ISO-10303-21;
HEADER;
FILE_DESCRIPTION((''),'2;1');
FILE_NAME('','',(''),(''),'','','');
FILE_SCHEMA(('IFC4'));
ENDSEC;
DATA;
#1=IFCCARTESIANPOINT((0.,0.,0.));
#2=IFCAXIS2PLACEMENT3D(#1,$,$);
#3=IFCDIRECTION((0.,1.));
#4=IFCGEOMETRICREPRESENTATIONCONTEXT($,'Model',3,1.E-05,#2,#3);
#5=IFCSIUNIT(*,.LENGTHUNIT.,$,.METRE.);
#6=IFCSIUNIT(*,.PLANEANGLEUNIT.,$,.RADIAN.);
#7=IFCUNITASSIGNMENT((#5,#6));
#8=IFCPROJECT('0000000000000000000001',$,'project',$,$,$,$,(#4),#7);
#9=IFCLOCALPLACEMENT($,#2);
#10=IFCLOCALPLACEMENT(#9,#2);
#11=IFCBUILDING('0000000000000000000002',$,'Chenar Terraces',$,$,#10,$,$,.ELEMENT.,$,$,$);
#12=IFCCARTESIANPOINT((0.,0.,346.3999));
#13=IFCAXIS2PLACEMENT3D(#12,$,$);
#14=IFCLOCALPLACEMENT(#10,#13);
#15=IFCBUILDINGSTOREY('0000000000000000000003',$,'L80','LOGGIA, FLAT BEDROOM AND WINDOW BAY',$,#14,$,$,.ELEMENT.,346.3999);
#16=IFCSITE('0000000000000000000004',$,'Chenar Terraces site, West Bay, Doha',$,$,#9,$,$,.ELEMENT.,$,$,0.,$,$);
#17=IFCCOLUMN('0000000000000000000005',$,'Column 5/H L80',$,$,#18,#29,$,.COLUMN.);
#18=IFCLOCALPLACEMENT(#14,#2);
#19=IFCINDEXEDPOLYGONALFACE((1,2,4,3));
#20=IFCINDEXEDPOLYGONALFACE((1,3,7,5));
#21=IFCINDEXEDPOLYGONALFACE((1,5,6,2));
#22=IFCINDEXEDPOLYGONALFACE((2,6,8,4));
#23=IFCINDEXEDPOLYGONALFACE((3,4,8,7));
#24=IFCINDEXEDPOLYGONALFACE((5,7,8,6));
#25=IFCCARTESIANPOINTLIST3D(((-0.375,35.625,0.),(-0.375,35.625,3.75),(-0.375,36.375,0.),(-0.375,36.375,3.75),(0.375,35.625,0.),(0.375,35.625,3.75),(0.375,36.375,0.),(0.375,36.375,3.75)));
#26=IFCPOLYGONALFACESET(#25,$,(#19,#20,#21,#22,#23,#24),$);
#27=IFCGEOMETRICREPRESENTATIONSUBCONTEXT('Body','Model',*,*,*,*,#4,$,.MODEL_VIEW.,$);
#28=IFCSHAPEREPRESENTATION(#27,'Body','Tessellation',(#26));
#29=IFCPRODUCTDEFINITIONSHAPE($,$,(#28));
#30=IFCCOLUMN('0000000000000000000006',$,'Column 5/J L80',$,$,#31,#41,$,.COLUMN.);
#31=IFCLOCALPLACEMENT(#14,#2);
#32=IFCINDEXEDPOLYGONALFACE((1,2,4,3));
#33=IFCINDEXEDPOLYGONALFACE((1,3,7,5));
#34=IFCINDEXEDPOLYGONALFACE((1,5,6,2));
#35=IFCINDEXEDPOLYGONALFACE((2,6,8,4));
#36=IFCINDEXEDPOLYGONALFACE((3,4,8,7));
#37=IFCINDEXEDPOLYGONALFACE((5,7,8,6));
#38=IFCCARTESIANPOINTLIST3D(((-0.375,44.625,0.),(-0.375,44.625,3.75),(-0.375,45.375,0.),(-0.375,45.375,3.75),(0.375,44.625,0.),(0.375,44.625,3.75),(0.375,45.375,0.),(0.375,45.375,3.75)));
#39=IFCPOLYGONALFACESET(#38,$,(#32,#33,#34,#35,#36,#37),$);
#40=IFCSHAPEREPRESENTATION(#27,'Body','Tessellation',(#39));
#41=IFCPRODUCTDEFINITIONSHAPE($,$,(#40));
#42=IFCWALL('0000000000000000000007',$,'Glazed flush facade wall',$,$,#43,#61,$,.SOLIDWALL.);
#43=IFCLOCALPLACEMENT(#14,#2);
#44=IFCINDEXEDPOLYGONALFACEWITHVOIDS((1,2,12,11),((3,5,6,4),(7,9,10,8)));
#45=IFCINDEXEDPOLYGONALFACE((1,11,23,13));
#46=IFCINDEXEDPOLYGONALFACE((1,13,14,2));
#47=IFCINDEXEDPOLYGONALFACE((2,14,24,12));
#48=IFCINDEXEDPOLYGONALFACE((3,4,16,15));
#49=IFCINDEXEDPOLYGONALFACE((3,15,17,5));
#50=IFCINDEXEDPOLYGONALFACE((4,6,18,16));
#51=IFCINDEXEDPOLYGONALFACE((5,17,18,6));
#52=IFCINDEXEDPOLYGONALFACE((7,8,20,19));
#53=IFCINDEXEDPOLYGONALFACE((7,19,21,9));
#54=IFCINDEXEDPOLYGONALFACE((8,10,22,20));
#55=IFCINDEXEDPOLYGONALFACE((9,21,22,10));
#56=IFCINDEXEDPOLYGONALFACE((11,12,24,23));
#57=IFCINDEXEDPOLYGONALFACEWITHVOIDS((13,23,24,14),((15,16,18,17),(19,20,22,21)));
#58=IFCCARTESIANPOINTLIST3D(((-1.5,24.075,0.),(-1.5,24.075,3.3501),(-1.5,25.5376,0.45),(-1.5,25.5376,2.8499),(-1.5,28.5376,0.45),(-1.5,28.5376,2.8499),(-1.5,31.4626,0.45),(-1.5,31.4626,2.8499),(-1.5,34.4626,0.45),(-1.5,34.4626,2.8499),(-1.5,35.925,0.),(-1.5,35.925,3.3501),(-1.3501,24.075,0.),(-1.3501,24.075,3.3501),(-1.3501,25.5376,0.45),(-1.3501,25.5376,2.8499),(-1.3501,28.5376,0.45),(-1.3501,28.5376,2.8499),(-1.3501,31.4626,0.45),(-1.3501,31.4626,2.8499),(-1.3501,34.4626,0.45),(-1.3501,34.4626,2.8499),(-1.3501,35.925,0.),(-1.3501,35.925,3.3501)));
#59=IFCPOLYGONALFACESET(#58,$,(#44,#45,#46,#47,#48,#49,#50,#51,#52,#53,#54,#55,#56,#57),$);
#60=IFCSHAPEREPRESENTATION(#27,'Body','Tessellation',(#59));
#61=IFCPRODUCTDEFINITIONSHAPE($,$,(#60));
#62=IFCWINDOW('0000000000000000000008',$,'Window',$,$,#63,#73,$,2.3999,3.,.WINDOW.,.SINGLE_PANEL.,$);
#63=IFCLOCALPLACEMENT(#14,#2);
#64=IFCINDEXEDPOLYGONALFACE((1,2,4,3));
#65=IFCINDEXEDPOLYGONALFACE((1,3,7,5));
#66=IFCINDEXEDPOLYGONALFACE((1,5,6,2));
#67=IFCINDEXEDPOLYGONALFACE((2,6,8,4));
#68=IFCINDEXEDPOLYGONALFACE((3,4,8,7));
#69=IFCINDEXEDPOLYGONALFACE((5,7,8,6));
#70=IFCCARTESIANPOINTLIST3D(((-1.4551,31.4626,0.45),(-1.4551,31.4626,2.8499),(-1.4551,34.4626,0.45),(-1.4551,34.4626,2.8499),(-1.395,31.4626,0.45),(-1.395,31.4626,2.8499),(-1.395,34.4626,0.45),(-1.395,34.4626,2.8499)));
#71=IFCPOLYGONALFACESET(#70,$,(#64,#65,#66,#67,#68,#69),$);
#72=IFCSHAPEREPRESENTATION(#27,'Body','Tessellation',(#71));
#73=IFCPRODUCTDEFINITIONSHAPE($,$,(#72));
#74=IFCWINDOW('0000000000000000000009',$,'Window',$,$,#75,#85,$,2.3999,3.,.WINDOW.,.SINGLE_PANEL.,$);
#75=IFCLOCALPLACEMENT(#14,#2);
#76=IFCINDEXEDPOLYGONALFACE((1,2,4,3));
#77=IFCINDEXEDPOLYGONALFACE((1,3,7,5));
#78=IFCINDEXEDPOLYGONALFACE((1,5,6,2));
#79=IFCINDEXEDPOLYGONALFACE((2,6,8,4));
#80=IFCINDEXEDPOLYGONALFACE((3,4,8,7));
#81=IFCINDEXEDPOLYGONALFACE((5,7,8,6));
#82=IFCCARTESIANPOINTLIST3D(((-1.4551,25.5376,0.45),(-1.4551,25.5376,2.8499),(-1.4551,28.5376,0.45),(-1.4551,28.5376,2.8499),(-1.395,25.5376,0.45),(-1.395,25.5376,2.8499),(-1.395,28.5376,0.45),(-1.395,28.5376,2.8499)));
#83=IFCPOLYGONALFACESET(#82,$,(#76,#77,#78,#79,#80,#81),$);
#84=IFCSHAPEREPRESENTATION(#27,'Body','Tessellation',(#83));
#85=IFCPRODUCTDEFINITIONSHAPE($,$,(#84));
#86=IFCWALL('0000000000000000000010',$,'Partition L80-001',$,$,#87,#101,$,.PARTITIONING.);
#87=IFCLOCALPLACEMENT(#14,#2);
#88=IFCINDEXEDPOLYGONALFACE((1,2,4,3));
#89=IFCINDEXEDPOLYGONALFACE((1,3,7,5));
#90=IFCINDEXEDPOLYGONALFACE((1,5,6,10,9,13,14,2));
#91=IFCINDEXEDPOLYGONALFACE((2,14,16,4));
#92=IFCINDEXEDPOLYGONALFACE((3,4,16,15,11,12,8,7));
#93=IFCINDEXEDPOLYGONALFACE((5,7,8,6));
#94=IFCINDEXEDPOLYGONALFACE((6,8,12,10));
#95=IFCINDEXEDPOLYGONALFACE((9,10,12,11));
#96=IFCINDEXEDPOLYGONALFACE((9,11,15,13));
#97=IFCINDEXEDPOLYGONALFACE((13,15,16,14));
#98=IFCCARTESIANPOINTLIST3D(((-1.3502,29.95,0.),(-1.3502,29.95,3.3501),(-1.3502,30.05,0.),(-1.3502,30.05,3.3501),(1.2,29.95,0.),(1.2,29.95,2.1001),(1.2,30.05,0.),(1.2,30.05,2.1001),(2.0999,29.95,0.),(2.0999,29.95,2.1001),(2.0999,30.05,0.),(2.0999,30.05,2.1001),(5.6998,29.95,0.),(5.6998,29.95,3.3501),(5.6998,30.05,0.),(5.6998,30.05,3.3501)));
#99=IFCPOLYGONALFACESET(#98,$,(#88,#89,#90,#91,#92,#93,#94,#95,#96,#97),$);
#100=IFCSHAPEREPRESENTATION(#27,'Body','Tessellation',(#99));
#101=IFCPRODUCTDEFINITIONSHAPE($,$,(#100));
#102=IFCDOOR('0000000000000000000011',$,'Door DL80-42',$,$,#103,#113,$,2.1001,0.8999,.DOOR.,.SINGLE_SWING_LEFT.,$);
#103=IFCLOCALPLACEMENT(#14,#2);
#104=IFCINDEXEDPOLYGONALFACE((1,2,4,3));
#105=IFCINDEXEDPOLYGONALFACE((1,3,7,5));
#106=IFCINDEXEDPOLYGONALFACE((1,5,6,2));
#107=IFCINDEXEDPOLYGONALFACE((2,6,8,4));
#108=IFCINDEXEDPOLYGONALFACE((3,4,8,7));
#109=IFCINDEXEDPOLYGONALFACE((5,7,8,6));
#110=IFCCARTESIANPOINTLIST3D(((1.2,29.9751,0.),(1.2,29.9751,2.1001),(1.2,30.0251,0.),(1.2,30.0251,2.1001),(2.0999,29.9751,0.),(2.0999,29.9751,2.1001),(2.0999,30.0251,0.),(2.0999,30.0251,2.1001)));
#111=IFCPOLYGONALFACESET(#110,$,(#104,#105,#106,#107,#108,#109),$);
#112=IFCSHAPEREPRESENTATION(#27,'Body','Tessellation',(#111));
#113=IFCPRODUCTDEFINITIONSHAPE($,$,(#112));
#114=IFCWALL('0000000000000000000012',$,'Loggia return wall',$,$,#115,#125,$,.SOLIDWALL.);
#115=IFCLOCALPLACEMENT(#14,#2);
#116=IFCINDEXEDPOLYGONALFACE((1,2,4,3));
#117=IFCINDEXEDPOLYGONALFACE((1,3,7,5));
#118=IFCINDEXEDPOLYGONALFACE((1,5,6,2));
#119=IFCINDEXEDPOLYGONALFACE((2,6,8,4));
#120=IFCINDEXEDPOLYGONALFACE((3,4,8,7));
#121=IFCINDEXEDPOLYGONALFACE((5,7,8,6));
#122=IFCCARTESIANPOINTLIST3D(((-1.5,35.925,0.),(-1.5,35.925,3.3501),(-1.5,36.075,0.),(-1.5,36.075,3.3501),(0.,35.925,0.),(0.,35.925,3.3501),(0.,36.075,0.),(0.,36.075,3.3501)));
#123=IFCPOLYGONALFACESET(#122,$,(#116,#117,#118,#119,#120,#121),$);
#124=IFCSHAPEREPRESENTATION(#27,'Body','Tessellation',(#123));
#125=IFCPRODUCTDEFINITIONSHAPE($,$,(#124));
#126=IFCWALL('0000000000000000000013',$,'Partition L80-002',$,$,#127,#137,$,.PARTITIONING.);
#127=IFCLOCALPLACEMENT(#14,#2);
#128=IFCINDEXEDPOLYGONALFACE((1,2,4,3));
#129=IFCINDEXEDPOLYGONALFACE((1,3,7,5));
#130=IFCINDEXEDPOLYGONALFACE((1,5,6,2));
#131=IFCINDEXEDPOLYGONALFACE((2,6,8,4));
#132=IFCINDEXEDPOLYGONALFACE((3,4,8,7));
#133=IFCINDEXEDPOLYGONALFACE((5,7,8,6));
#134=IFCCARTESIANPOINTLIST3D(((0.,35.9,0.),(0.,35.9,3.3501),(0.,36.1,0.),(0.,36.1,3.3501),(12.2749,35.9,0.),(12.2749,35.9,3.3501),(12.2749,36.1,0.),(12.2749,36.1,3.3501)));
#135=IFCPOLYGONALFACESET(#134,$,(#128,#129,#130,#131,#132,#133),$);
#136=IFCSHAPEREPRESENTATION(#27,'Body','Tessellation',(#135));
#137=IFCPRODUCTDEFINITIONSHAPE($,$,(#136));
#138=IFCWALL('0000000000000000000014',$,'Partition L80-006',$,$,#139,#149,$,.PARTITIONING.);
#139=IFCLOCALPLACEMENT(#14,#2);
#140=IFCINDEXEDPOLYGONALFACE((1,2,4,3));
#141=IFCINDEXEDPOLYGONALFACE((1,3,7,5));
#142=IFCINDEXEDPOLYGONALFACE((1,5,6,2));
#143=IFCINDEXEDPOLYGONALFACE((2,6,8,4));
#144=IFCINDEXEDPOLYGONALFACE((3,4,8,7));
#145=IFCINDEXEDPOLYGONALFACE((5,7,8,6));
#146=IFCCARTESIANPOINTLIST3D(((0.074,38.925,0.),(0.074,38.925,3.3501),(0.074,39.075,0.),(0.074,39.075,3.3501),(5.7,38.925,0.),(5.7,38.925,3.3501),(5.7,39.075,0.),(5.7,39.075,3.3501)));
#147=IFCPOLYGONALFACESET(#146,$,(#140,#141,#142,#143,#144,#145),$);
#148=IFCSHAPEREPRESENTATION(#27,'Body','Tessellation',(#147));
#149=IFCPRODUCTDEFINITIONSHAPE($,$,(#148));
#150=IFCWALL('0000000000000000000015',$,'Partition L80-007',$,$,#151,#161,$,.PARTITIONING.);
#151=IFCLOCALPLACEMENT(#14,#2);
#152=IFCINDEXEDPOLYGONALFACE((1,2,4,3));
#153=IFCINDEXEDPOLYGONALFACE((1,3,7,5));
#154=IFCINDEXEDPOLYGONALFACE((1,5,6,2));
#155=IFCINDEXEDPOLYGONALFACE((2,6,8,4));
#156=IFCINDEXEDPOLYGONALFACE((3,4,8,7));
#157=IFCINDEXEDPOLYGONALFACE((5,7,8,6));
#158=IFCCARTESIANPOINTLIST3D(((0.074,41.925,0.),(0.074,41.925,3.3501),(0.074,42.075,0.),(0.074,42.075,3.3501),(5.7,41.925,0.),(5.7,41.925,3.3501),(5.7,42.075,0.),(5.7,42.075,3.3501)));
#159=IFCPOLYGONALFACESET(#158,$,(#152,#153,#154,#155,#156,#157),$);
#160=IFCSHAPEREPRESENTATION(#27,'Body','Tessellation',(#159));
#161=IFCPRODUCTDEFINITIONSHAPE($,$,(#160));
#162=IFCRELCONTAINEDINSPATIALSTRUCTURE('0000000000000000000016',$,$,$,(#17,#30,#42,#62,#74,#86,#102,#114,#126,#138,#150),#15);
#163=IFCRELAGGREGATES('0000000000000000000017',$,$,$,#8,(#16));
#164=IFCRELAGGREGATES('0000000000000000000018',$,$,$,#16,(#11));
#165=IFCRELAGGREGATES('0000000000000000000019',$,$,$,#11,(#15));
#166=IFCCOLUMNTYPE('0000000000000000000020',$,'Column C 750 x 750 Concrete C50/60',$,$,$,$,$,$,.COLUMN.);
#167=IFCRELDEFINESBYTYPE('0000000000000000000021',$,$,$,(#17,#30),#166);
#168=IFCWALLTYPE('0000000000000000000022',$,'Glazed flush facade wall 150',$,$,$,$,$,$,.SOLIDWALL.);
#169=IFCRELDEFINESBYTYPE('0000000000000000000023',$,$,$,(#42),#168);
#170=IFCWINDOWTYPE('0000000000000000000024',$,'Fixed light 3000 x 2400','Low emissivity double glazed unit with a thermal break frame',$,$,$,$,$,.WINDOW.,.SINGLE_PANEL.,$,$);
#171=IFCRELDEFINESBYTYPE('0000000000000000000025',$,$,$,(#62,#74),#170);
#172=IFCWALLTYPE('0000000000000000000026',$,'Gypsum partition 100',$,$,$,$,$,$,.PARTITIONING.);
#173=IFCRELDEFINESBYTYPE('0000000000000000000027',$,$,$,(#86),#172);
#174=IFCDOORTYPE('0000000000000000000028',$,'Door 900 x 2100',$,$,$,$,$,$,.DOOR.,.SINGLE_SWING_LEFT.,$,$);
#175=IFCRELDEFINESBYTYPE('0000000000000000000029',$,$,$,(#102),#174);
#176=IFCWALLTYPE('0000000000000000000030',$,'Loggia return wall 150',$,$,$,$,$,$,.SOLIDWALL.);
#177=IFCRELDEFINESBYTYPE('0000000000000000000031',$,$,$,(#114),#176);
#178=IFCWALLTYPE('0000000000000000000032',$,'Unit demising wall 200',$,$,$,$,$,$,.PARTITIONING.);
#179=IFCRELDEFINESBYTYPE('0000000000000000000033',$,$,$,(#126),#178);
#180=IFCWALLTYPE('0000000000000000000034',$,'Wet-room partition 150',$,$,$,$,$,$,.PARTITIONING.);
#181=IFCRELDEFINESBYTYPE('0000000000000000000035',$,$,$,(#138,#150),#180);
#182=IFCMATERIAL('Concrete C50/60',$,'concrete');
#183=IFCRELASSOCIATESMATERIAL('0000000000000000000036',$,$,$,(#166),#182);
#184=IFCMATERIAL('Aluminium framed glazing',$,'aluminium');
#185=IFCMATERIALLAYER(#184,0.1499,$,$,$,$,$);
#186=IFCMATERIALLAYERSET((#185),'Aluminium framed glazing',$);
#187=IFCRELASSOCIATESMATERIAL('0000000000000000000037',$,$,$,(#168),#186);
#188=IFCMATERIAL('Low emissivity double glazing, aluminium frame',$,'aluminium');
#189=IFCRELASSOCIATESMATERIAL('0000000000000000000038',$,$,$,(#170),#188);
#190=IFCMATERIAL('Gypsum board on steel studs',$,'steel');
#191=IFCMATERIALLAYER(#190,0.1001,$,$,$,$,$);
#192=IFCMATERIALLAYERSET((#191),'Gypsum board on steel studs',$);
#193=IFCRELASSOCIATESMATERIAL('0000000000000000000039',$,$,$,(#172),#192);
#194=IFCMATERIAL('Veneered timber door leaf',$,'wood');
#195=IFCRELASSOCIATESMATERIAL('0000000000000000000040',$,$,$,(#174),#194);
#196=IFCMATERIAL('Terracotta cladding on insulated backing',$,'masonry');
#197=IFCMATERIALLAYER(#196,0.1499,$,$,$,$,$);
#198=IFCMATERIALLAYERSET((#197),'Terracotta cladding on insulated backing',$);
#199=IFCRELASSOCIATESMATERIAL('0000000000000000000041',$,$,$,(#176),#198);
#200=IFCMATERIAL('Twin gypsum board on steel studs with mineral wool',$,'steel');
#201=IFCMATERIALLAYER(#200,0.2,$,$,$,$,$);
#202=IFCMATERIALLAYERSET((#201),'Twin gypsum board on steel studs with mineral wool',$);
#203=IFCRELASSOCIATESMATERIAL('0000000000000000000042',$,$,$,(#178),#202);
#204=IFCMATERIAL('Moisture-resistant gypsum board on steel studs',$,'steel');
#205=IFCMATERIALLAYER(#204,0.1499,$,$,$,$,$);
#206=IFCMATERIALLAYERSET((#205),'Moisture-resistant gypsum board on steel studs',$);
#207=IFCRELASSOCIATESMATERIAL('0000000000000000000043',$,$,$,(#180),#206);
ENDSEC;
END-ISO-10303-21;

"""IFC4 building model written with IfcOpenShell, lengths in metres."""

from ifc_helpers import new_model, si_unit, direction, frame, frame_2d, origin, origin_2d, place, context, subcontext, project, spatial, rectangle, extrude, material, layer, layer_set, material_profile, profile_set, type_object, element, fill, save


model = new_model("IFC4")

# Units and contexts
model_context = context("Model", 3, precision=1e-05, world=origin(), true_north=direction((0.0, 1.0)))
body_context = subcontext(model_context, "Body", "Model", "MODEL_VIEW")
ifc_project = project(units=[si_unit("LENGTHUNIT", "METRE"), si_unit("PLANEANGLEUNIT", "RADIAN")], contexts=[model_context])

# Site, building, storey
site_placement = place(None, origin())
site = spatial("IfcSite", under=ifc_project, at=site_placement, Name="Chenar Terraces site, West Bay, Doha", CompositionType="ELEMENT", RefElevation=0.0)
building_placement = place(site_placement, origin())
building = spatial("IfcBuilding", under=site, at=building_placement, Name="Chenar Terraces", CompositionType="ELEMENT")
storey_placement = place(building_placement, frame((0.0, 0.0, 346.3999)))
storey = spatial("IfcBuildingStorey", under=building, at=storey_placement, Name="L80", Description="LOGGIA, FLAT BEDROOM AND WINDOW BAY", CompositionType="ELEMENT", Elevation=346.3999)

# Columns
ifc_material_1 = material(Name="Concrete C50/60", Category="concrete")
ifc_material_profile_1 = material_profile(ifc_material_1, rectangle(XDim=0.75, YDim=0.75, at=origin_2d()), Name="C 750 x 750")
ifc_profile_set_1 = profile_set([ifc_material_profile_1], Name="Concrete C50/60")
column_type = type_object("IfcColumnType", Name="Column C 750 x 750 Concrete C50/60", PredefinedType="COLUMN", material=ifc_profile_set_1)
placement = place(storey_placement, frame((0.0, 36.0, 0.0), z_axis=(0.0, 0.0, 1.0), x_axis=(1.0, 0.0, 0.0)))
element("IfcColumn", 1, at=placement, inside=storey, type_object=column_type, Name="Column 5/H L80", PredefinedType="COLUMN", context=body_context, shape_type="SweptSolid", body=[
    extrude(rectangle(XDim=0.75, YDim=0.75, at=origin_2d()), origin(), (0.0, 0.0, 1.0), 3.75),
])
column_1_placement = place(storey_placement, frame((0.0, 45.0, 0.0), z_axis=(0.0, 0.0, 1.0), x_axis=(1.0, 0.0, 0.0)))
element("IfcColumn", 2, at=column_1_placement, inside=storey, type_object=column_type, Name="Column 5/J L80", PredefinedType="COLUMN", context=body_context, shape_type="SweptSolid", body=[
    extrude(rectangle(XDim=0.75, YDim=0.75, at=origin_2d()), origin(), (0.0, 0.0, 1.0), 3.75),
])

# Wall, openings, windows
ifc_material_2 = material(Name="Aluminium framed glazing", Category="aluminium")
ifc_layer_1 = layer(ifc_material_2, 0.1499)
ifc_layer_set_1 = layer_set([ifc_layer_1], Name="Aluminium framed glazing")
wall_type_1 = type_object("IfcWallType", Name="Glazed flush facade wall 150", PredefinedType="SOLIDWALL", material=ifc_layer_set_1)
wall_1_placement = place(storey_placement, frame((-1.425, 35.925, 0.0), z_axis=(0.0, 0.0, 1.0), x_axis=(0.0, -1.0, 0.0)))
wall_1 = element("IfcWall", 3, at=wall_1_placement, inside=storey, type_object=wall_type_1, Name="Glazed flush facade wall", PredefinedType="SOLIDWALL", context=body_context, shape_type="SweptSolid", body=[
    extrude(rectangle(XDim=11.8501, YDim=0.1499, at=frame_2d((5.925, 0.0))), origin(), (0.0, 0.0, 1.0), 3.3501),
])
opening_1_placement = place(wall_1_placement, frame((1.4624, 0.0, 0.45)))
opening_1 = element("IfcOpeningElement", 4, at=opening_1_placement, cuts=wall_1, PredefinedType="OPENING", context=body_context, shape_type="SweptSolid", body=[
    extrude(rectangle(XDim=3.0, YDim=2.3999, at=frame_2d((1.5, 1.2))), frame((0.0, 0.085, 0.0), z_axis=(0.0, -1.0, 0.0), x_axis=(1.0, 0.0, 0.0)), (0.0, 0.0, 1.0), 0.1699),
])
opening_2_placement = place(wall_1_placement, frame((7.3875, 0.0, 0.45)))
opening_2 = element("IfcOpeningElement", 5, at=opening_2_placement, cuts=wall_1, PredefinedType="OPENING", context=body_context, shape_type="SweptSolid", body=[
    extrude(rectangle(XDim=3.0, YDim=2.3999, at=frame_2d((1.5, 1.2))), frame((0.0, 0.085, 0.0), z_axis=(0.0, -1.0, 0.0), x_axis=(1.0, 0.0, 0.0)), (0.0, 0.0, 1.0), 0.1699),
])
ifc_material_3 = material(Name="Low emissivity double glazing, aluminium frame", Category="aluminium")
window_type = type_object("IfcWindowType", Name="Fixed light 3000 x 2400", Description="Low emissivity double glazed unit with a thermal break frame", PartitioningType="SINGLE_PANEL", PredefinedType="WINDOW", material=ifc_material_3)
window_1_placement = place(opening_1_placement, origin())
window_1 = element("IfcWindow", 6, at=window_1_placement, inside=storey, type_object=window_type, Name="Window", OverallHeight=2.3999, OverallWidth=3.0, PartitioningType="SINGLE_PANEL", PredefinedType="WINDOW", context=body_context, shape_type="SweptSolid", body=[
    extrude(rectangle(XDim=3.0, YDim=2.3999, at=frame_2d((1.5, 1.2))), frame((0.0, 0.03, 0.0), z_axis=(0.0, -1.0, 0.0), x_axis=(1.0, 0.0, 0.0)), (0.0, 0.0, 1.0), 0.0601),
])
fill(opening_1, window_1)
window_2_placement = place(opening_2_placement, origin())
window_2 = element("IfcWindow", 7, at=window_2_placement, inside=storey, type_object=window_type, Name="Window", OverallHeight=2.3999, OverallWidth=3.0, PartitioningType="SINGLE_PANEL", PredefinedType="WINDOW", context=body_context, shape_type="SweptSolid", body=[
    extrude(rectangle(XDim=3.0, YDim=2.3999, at=frame_2d((1.5, 1.2))), frame((0.0, 0.03, 0.0), z_axis=(0.0, -1.0, 0.0), x_axis=(1.0, 0.0, 0.0)), (0.0, 0.0, 1.0), 0.0601),
])
fill(opening_2, window_2)

# Wall, opening, door
ifc_material_4 = material(Name="Gypsum board on steel studs", Category="steel")
ifc_layer_2 = layer(ifc_material_4, 0.1001)
ifc_layer_set_2 = layer_set([ifc_layer_2], Name="Gypsum board on steel studs")
wall_type_2 = type_object("IfcWallType", Name="Gypsum partition 100", PredefinedType="PARTITIONING", material=ifc_layer_set_2)
wall_2_placement = place(storey_placement, frame((-1.3501, 30.0, 0.0), z_axis=(0.0, 0.0, 1.0), x_axis=(1.0, 0.0, 0.0)))
wall_2 = element("IfcWall", 8, at=wall_2_placement, inside=storey, type_object=wall_type_2, Name="Partition L80-001", PredefinedType="PARTITIONING", context=body_context, shape_type="SweptSolid", body=[
    extrude(rectangle(XDim=7.05, YDim=0.1001, at=frame_2d((3.5249, 0.0))), origin(), (0.0, 0.0, 1.0), 3.3501),
])
opening_3_placement = place(wall_2_placement, frame((2.55, 0.0, 0.0)))
opening_3 = element("IfcOpeningElement", 9, at=opening_3_placement, cuts=wall_2, PredefinedType="OPENING", context=body_context, shape_type="SweptSolid", body=[
    extrude(rectangle(XDim=0.8999, YDim=2.1001, at=frame_2d((0.45, 1.05))), frame((0.0, 0.0601, 0.0), z_axis=(0.0, -1.0, 0.0), x_axis=(1.0, 0.0, 0.0)), (0.0, 0.0, 1.0), 0.1201),
])
ifc_material_5 = material(Name="Veneered timber door leaf", Category="wood")
door_type_1 = type_object("IfcDoorType", Name="Door 900 x 2100", OperationType="SINGLE_SWING_LEFT", PredefinedType="DOOR", material=ifc_material_5)
door_1_placement = place(opening_3_placement, frame((0.8999, 0.0, 0.0), z_axis=(0.0, 0.0, 1.0), x_axis=(-1.0, 0.0, 0.0)))
door_1 = element("IfcDoor", 10, at=door_1_placement, inside=storey, type_object=door_type_1, Name="Door DL80-42", OperationType="SINGLE_SWING_LEFT", OverallHeight=2.1001, OverallWidth=0.8999, PredefinedType="DOOR", context=body_context, shape_type="SweptSolid", body=[
    extrude(rectangle(XDim=0.8999, YDim=2.1001, at=frame_2d((0.45, 1.05))), frame((0.0, 0.0249, 0.0), z_axis=(0.0, -1.0, 0.0), x_axis=(1.0, 0.0, 0.0)), (0.0, 0.0, 1.0), 0.05),
])
fill(opening_3, door_1)

# Walls
ifc_material_6 = material(Name="Terracotta cladding on insulated backing", Category="masonry")
ifc_layer_3 = layer(ifc_material_6, 0.1499)
ifc_layer_set_3 = layer_set([ifc_layer_3], Name="Terracotta cladding on insulated backing")
wall_type_3 = type_object("IfcWallType", Name="Loggia return wall 150", PredefinedType="SOLIDWALL", material=ifc_layer_set_3)
wall_3_placement = place(storey_placement, frame((-1.5, 36.0, 0.0), z_axis=(0.0, 0.0, 1.0), x_axis=(1.0, 0.0, 0.0)))
element("IfcWall", 11, at=wall_3_placement, inside=storey, type_object=wall_type_3, Name="Loggia return wall", PredefinedType="SOLIDWALL", context=body_context, shape_type="SweptSolid", body=[
    extrude(rectangle(XDim=1.5, YDim=0.1499, at=frame_2d((0.75, 0.0))), origin(), (0.0, 0.0, 1.0), 3.3501),
])
ifc_material_7 = material(Name="Twin gypsum board on steel studs with mineral wool", Category="steel")
ifc_layer_4 = layer(ifc_material_7, 0.2)
ifc_layer_set_4 = layer_set([ifc_layer_4], Name="Twin gypsum board on steel studs with mineral wool")
wall_type_4 = type_object("IfcWallType", Name="Unit demising wall 200", PredefinedType="PARTITIONING", material=ifc_layer_set_4)
element("IfcWall", 12, at=placement, inside=storey, type_object=wall_type_4, Name="Partition L80-002", PredefinedType="PARTITIONING", context=body_context, shape_type="SweptSolid", body=[
    extrude(rectangle(XDim=12.2749, YDim=0.2, at=frame_2d((6.1375, 0.0))), origin(), (0.0, 0.0, 1.0), 3.3501),
])
ifc_material_8 = material(Name="Moisture-resistant gypsum board on steel studs", Category="steel")
ifc_layer_5 = layer(ifc_material_8, 0.1499)
ifc_layer_set_5 = layer_set([ifc_layer_5], Name="Moisture-resistant gypsum board on steel studs")
wall_type_5 = type_object("IfcWallType", Name="Wet-room partition 150", PredefinedType="PARTITIONING", material=ifc_layer_set_5)
for number, where, z_axis, x_axis, name in (
    (13, (0.074, 39.0, 0.0), (0.0, 0.0, 1.0), (1.0, 0.0, 0.0), "Partition L80-006"),
    (14, (0.074, 42.0, 0.0), (0.0, 0.0, 1.0), (1.0, 0.0, 0.0), "Partition L80-007"),
):
    element("IfcWall", number, at=place(storey_placement, frame(where, z_axis=z_axis, x_axis=x_axis)), inside=storey, type_object=wall_type_5, Name=name, PredefinedType="PARTITIONING", context=body_context, shape_type="SweptSolid", body=[
        extrude(rectangle(XDim=5.626, YDim=0.1499, at=frame_2d((2.813, 0.0))), origin(), (0.0, 0.0, 1.0), 3.3501),
    ])

save(model, "model.ifc")
